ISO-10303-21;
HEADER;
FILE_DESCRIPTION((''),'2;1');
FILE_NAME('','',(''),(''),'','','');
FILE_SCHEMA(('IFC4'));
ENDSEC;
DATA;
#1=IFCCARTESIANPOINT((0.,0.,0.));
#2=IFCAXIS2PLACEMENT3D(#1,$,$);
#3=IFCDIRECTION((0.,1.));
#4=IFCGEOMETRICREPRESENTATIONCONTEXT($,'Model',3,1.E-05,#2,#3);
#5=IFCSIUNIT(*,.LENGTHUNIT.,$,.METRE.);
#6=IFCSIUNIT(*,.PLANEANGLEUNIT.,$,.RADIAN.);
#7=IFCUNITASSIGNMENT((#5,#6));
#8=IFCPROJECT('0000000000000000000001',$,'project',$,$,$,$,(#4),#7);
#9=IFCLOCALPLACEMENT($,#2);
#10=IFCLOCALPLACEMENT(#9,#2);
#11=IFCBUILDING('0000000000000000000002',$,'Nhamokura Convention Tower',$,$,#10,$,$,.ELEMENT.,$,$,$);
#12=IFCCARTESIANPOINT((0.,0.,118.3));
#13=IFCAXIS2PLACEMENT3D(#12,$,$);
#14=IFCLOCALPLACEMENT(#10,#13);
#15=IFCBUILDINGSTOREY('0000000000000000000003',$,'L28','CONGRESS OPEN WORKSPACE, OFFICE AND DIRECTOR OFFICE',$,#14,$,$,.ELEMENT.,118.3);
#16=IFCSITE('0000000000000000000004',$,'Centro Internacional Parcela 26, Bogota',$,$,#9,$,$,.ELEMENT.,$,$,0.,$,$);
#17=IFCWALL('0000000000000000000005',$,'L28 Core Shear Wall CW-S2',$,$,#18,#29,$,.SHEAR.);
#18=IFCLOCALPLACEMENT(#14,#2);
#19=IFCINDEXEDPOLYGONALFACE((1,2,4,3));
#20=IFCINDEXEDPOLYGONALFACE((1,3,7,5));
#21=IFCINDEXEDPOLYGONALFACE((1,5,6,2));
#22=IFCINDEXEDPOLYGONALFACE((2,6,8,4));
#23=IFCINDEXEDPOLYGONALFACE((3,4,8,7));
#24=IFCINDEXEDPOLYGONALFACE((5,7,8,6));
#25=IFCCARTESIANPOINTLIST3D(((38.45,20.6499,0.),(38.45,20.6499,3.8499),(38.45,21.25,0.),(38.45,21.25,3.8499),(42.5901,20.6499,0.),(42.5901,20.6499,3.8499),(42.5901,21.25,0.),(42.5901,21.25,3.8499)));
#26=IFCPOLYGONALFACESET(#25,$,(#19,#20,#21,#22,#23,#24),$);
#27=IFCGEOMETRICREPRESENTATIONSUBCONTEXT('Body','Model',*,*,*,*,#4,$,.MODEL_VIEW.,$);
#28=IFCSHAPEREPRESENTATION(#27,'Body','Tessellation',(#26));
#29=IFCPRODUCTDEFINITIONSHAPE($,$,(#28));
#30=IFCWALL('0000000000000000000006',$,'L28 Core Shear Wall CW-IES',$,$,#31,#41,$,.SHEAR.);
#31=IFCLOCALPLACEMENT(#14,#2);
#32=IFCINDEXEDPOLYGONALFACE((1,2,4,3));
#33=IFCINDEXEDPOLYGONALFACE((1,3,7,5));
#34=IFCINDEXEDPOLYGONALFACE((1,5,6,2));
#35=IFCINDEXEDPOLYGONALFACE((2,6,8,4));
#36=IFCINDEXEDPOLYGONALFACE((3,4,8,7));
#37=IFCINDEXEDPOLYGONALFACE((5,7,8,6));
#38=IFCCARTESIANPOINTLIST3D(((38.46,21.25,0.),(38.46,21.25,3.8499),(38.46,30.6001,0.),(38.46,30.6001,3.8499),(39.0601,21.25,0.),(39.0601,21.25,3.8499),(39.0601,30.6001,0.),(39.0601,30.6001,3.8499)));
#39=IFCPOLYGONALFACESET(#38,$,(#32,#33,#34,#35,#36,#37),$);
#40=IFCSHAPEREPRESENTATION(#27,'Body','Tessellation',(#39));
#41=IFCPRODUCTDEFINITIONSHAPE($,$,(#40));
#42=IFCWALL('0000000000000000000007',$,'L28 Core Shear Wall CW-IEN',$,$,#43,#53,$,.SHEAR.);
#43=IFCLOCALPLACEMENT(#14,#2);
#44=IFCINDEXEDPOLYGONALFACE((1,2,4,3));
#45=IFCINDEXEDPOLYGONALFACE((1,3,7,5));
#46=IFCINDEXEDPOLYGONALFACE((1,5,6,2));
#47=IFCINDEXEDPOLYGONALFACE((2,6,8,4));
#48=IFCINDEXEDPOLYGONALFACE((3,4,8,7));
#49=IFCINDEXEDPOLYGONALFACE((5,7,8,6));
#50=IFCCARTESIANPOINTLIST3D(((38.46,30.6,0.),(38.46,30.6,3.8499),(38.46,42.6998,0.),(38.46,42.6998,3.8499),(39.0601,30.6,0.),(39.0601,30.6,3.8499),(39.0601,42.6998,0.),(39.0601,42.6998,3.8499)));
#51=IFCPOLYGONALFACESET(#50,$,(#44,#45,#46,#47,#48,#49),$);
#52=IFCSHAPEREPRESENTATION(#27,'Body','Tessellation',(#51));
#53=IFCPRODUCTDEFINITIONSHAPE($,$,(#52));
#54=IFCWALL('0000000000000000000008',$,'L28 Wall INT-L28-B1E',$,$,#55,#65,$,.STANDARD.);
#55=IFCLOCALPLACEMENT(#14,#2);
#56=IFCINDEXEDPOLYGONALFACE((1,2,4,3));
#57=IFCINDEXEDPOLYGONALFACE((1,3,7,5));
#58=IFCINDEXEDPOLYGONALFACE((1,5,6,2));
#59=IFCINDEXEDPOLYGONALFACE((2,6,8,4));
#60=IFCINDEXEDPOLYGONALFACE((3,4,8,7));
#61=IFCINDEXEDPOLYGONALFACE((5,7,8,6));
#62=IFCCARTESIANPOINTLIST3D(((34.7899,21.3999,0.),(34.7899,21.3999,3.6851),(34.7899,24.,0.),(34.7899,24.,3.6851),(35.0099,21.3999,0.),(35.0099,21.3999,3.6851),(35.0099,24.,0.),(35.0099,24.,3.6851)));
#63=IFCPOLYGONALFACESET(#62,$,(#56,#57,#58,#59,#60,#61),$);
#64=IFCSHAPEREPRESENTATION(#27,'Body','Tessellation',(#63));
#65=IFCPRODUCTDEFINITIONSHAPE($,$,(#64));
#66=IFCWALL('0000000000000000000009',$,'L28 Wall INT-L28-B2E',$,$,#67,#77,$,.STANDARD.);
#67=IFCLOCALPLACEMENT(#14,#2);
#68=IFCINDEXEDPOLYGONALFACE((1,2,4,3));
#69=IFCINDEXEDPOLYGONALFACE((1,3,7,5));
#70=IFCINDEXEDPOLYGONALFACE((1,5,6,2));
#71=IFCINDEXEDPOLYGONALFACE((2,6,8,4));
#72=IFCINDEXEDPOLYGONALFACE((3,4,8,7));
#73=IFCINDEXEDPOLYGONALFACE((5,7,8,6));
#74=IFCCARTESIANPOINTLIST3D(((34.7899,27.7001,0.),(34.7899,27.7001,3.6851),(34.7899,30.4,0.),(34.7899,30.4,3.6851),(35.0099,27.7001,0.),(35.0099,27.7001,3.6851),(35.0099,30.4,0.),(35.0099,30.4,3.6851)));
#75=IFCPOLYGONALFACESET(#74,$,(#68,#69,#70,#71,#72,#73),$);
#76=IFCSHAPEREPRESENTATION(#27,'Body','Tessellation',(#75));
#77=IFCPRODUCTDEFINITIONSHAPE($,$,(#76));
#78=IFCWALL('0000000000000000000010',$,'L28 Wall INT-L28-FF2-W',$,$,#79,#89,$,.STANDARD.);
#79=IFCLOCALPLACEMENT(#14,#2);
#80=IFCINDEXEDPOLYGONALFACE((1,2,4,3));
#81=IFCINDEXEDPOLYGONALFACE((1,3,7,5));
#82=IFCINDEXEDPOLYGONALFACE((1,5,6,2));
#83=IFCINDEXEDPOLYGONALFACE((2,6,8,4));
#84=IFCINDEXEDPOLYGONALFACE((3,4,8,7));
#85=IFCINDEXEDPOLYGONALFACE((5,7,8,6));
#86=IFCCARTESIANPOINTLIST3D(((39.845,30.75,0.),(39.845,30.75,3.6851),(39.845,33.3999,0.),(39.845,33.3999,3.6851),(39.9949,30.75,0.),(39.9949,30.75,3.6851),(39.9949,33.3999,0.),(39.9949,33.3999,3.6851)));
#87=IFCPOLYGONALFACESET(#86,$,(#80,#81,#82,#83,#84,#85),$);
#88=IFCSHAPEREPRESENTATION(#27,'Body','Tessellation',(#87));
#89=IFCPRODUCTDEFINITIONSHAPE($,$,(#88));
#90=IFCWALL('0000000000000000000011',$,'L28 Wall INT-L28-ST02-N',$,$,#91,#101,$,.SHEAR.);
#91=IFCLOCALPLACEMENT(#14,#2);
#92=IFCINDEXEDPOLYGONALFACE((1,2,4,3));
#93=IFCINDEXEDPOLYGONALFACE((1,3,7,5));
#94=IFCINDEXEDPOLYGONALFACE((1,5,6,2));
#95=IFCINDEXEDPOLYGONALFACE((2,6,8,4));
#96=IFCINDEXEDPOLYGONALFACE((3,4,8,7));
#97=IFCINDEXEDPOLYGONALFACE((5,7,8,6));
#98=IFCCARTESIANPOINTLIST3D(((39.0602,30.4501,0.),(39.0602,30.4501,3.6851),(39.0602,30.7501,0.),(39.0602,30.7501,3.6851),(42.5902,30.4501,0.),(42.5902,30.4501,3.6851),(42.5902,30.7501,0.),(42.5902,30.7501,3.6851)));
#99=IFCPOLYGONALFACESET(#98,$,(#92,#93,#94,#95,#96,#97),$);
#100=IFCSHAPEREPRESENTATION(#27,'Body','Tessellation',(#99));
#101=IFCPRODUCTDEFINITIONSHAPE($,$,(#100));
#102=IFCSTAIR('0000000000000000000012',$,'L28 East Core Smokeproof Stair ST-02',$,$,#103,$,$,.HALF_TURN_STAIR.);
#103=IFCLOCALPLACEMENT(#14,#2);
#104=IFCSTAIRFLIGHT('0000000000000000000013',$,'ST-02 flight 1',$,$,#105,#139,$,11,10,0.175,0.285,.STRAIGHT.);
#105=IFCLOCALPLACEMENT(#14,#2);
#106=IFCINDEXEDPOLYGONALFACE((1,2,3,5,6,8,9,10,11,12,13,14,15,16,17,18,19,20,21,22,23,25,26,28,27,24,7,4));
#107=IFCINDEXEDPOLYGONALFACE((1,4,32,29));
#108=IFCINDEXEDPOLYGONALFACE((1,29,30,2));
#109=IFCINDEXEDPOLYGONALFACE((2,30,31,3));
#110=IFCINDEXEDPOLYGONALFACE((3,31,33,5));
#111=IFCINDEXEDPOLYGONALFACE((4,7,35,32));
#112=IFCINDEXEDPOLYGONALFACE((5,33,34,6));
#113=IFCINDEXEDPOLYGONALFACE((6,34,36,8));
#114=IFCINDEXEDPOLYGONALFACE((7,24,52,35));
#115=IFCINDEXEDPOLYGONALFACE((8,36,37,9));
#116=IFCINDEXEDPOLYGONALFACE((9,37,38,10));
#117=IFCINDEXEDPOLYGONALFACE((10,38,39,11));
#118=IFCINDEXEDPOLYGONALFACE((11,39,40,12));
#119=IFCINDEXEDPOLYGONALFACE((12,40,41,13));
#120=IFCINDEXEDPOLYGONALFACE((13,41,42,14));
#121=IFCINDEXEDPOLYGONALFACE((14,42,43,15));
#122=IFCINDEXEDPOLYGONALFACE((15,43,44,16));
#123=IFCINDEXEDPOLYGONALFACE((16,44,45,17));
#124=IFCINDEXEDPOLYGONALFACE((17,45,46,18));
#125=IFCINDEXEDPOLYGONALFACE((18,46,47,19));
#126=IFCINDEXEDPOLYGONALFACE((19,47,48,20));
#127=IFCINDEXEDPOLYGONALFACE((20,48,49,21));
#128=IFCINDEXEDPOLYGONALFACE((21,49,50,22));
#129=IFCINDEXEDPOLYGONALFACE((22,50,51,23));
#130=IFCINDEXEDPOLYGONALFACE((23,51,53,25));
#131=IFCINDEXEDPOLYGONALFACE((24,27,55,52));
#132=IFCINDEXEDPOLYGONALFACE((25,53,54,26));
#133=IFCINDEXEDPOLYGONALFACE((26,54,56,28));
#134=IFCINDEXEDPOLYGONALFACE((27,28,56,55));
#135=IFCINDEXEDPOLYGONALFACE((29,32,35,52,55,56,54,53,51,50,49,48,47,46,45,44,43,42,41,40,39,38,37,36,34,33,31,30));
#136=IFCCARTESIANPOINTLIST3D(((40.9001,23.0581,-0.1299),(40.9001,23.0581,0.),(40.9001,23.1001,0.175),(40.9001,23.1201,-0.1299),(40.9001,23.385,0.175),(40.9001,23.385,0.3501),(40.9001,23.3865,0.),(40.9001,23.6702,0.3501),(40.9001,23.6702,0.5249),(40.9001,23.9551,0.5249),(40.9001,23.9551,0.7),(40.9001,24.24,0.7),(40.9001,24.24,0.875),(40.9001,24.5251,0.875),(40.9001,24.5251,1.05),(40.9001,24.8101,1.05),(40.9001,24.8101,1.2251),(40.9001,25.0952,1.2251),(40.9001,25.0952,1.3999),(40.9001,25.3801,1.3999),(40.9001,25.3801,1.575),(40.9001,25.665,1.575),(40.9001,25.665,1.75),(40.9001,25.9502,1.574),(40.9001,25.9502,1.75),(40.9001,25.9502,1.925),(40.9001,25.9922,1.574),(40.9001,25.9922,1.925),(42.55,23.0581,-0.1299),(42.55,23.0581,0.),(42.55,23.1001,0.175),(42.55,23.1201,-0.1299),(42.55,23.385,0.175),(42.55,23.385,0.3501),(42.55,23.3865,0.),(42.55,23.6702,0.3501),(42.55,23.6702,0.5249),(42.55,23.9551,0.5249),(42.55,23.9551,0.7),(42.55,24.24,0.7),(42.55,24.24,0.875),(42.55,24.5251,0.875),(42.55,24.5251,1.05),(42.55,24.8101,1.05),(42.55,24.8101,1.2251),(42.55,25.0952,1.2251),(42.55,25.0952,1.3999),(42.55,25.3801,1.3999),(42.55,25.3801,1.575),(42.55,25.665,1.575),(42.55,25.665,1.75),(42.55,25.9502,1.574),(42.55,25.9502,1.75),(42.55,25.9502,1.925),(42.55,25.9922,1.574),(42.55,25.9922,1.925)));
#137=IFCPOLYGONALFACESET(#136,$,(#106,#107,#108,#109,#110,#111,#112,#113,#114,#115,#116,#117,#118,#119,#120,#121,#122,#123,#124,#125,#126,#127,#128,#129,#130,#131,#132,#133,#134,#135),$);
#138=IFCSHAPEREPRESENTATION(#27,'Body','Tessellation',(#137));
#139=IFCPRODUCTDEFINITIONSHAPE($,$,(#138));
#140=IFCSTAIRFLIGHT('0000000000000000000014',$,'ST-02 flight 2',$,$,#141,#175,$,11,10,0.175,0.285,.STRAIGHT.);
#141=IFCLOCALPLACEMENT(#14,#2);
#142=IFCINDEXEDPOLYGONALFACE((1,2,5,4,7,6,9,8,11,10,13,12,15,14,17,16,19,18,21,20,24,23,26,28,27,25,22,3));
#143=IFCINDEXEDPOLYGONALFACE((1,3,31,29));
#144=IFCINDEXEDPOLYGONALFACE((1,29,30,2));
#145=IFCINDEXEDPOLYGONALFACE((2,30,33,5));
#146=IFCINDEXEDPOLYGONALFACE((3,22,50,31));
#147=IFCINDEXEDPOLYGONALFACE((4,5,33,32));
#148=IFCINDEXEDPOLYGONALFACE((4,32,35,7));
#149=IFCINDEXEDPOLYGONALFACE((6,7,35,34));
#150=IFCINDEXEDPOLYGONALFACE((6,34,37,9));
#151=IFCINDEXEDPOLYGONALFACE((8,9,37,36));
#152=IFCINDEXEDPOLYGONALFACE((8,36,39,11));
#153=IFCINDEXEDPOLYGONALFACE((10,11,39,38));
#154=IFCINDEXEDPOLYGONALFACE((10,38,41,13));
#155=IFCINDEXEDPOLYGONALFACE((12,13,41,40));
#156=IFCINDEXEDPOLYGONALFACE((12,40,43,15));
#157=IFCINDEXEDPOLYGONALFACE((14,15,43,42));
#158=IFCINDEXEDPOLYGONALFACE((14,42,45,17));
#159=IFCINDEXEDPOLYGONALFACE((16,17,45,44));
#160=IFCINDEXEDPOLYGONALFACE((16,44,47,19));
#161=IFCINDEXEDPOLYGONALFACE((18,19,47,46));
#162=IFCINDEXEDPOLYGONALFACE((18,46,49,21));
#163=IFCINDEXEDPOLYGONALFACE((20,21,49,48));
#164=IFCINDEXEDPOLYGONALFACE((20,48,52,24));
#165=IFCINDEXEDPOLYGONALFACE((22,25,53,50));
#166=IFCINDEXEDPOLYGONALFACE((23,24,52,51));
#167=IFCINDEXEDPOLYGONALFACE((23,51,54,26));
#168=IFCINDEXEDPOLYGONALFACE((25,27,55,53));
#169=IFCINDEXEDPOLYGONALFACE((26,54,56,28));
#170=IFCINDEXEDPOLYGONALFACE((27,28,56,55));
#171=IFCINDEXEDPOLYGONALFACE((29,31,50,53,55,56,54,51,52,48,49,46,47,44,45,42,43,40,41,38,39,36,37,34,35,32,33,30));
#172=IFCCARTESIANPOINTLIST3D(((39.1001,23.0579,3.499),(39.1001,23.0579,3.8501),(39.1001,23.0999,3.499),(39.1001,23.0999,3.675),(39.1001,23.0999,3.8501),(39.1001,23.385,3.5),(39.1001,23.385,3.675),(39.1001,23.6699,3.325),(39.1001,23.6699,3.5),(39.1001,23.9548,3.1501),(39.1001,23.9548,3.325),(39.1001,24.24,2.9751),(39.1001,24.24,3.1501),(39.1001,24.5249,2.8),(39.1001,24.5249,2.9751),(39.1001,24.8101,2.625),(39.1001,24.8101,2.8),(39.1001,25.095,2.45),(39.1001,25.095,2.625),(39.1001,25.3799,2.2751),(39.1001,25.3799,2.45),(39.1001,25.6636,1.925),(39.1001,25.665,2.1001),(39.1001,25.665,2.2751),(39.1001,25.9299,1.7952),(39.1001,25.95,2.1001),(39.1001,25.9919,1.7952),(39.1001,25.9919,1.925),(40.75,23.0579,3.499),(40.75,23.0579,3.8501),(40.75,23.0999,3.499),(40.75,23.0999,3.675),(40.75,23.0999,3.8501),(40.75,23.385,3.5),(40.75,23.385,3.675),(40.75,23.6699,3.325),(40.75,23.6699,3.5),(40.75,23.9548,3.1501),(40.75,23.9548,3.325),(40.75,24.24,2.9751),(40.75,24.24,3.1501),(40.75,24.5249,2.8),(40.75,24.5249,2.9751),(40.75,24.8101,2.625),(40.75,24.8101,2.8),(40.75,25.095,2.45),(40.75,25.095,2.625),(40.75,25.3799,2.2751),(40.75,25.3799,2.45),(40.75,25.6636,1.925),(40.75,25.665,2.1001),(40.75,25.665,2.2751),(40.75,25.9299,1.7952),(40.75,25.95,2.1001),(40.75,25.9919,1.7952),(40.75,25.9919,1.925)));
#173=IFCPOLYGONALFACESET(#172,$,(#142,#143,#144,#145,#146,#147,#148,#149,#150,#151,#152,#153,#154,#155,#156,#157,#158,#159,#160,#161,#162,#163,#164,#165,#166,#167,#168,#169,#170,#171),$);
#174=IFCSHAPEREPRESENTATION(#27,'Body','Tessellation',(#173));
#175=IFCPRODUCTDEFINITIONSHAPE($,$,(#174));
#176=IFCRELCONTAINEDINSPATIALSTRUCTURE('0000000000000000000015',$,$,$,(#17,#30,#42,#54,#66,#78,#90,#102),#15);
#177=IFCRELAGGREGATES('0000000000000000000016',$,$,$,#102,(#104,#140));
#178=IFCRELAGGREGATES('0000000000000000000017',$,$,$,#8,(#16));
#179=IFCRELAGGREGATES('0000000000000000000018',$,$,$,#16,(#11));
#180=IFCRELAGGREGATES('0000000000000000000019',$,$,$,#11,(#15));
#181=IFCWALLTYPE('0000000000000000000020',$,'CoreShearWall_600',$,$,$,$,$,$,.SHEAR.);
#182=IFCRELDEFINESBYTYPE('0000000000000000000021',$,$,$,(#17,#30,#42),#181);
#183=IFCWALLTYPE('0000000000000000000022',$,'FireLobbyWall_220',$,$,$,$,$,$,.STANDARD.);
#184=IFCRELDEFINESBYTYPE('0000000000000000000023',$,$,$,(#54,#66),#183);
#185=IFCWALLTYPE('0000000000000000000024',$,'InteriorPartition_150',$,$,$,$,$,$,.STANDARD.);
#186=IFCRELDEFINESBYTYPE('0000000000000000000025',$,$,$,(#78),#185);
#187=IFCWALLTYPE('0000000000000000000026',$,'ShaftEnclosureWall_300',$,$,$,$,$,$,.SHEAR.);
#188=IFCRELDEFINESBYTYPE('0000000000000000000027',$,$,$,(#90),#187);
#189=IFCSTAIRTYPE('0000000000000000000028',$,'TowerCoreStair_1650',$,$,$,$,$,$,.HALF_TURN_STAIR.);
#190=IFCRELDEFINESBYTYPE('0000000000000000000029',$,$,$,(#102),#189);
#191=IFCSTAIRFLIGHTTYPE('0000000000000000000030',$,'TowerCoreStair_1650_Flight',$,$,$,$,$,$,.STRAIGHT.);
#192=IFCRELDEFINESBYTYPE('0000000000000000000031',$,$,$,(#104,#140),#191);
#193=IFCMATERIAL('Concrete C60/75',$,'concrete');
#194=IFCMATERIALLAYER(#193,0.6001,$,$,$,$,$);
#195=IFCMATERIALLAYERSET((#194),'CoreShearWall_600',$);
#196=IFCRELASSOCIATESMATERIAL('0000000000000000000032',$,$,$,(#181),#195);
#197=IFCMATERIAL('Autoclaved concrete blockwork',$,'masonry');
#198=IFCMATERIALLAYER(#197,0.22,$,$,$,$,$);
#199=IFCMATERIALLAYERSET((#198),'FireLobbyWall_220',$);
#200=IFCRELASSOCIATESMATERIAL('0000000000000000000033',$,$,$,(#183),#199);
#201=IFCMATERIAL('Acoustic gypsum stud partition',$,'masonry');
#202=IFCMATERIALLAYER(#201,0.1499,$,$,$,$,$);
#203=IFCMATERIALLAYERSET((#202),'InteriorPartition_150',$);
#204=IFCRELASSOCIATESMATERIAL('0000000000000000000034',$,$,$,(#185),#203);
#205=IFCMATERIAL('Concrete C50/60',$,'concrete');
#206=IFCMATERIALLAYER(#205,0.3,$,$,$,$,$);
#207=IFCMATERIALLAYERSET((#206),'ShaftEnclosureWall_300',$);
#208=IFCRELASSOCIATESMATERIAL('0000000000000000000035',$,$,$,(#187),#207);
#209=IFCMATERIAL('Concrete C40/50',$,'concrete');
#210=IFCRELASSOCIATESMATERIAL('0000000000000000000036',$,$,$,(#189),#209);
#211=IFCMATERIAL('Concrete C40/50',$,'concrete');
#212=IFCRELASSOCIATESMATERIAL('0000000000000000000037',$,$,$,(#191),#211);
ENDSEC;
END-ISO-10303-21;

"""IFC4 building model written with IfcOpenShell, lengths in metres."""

from ifc_helpers import new_model, si_unit, direction, frame, frame_2d, origin, place, context, subcontext, project, spatial, polyline, rectangle, outline, extrude, material, layer, layer_set, type_object, element, aggregate, save


model = new_model("IFC4")

# Units and contexts
model_context = context("Model", 3, precision=1e-05, world=origin(), true_north=direction((0.0, 1.0)))
body_context = subcontext(model_context, "Body", "Model", "MODEL_VIEW")
ifc_project = project(units=[si_unit("LENGTHUNIT", "METRE"), si_unit("PLANEANGLEUNIT", "RADIAN")], contexts=[model_context])

# Site, building, storey
site_placement = place(None, origin())
site = spatial("IfcSite", under=ifc_project, at=site_placement, Name="Centro Internacional Parcela 26, Bogota", CompositionType="ELEMENT", RefElevation=0.0)
building_placement = place(site_placement, origin())
building = spatial("IfcBuilding", under=site, at=building_placement, Name="Nhamokura Convention Tower", CompositionType="ELEMENT")
storey_placement = place(building_placement, frame((0.0, 0.0, 118.3)))
storey = spatial("IfcBuildingStorey", under=building, at=storey_placement, Name="L28", Description="CONGRESS OPEN WORKSPACE, OFFICE AND DIRECTOR OFFICE", CompositionType="ELEMENT", Elevation=118.3)

# Shared definitions
ifc_material_1 = material(Name="Concrete C60/75", Category="concrete")
ifc_layer_1 = layer(ifc_material_1, 0.6001)
ifc_layer_set_1 = layer_set([ifc_layer_1], Name="CoreShearWall_600")
wall_type_1 = type_object("IfcWallType", Name="CoreShearWall_600", PredefinedType="SHEAR", material=ifc_layer_set_1)

# Walls
wall_1_placement = place(storey_placement, frame((38.45, 20.95, 0.0), z_axis=(0.0, 0.0, 1.0), x_axis=(1.0, 0.0, 0.0)))
element("IfcWall", 1, at=wall_1_placement, inside=storey, type_object=wall_type_1, Name="L28 Core Shear Wall CW-S2", PredefinedType="SHEAR", context=body_context, shape_type="SweptSolid", body=[
    extrude(rectangle(XDim=4.1401, YDim=0.6001, at=frame_2d((2.0701, 0.0))), origin(), (0.0, 0.0, 1.0), 3.8499),
])
wall_2_placement = place(storey_placement, frame((38.76, 21.25, 0.0), z_axis=(0.0, 0.0, 1.0), x_axis=(0.0, 1.0, 0.0)))
element("IfcWall", 2, at=wall_2_placement, inside=storey, type_object=wall_type_1, Name="L28 Core Shear Wall CW-IES", PredefinedType="SHEAR", context=body_context, shape_type="SweptSolid", body=[
    extrude(rectangle(XDim=9.3501, YDim=0.6001, at=frame_2d((4.675, 0.0))), origin(), (0.0, 0.0, 1.0), 3.8499),
])
wall_3_placement = place(storey_placement, frame((38.76, 30.6001, 0.0), z_axis=(0.0, 0.0, 1.0), x_axis=(0.0, 1.0, 0.0)))
element("IfcWall", 3, at=wall_3_placement, inside=storey, type_object=wall_type_1, Name="L28 Core Shear Wall CW-IEN", PredefinedType="SHEAR", context=body_context, shape_type="SweptSolid", body=[
    extrude(rectangle(XDim=12.0999, YDim=0.6001, at=frame_2d((6.0498, 0.0))), origin(), (0.0, 0.0, 1.0), 3.8499),
])
ifc_material_2 = material(Name="Autoclaved concrete blockwork", Category="masonry")
ifc_layer_2 = layer(ifc_material_2, 0.22)
ifc_layer_set_2 = layer_set([ifc_layer_2], Name="FireLobbyWall_220")
wall_type_2 = type_object("IfcWallType", Name="FireLobbyWall_220", PredefinedType="STANDARD", material=ifc_layer_set_2)
wall_4_placement = place(storey_placement, frame((34.8999, 21.3999, 0.0), z_axis=(0.0, 0.0, 1.0), x_axis=(0.0, 1.0, 0.0)))
element("IfcWall", 4, at=wall_4_placement, inside=storey, type_object=wall_type_2, Name="L28 Wall INT-L28-B1E", PredefinedType="STANDARD", context=body_context, shape_type="SweptSolid", body=[
    extrude(rectangle(XDim=2.6001, YDim=0.22, at=frame_2d((1.3, 0.0))), origin(), (0.0, 0.0, 1.0), 3.6851),
])
wall_5_placement = place(storey_placement, frame((34.8999, 27.7, 0.0), z_axis=(0.0, 0.0, 1.0), x_axis=(0.0, 1.0, 0.0)))
element("IfcWall", 5, at=wall_5_placement, inside=storey, type_object=wall_type_2, Name="L28 Wall INT-L28-B2E", PredefinedType="STANDARD", context=body_context, shape_type="SweptSolid", body=[
    extrude(rectangle(XDim=2.7, YDim=0.22, at=frame_2d((1.3501, 0.0))), origin(), (0.0, 0.0, 1.0), 3.6851),
])
ifc_material_3 = material(Name="Acoustic gypsum stud partition", Category="masonry")
ifc_layer_3 = layer(ifc_material_3, 0.1499)
ifc_layer_set_3 = layer_set([ifc_layer_3], Name="InteriorPartition_150")
wall_type_3 = type_object("IfcWallType", Name="InteriorPartition_150", PredefinedType="STANDARD", material=ifc_layer_set_3)
wall_6_placement = place(storey_placement, frame((39.9199, 30.75, 0.0), z_axis=(0.0, 0.0, 1.0), x_axis=(0.0, 1.0, 0.0)))
element("IfcWall", 6, at=wall_6_placement, inside=storey, type_object=wall_type_3, Name="L28 Wall INT-L28-FF2-W", PredefinedType="STANDARD", context=body_context, shape_type="SweptSolid", body=[
    extrude(rectangle(XDim=2.6499, YDim=0.1499, at=frame_2d((1.325, 0.0))), origin(), (0.0, 0.0, 1.0), 3.6851),
])
ifc_material_4 = material(Name="Concrete C50/60", Category="concrete")
ifc_layer_4 = layer(ifc_material_4, 0.3)
ifc_layer_set_4 = layer_set([ifc_layer_4], Name="ShaftEnclosureWall_300")
wall_type_4 = type_object("IfcWallType", Name="ShaftEnclosureWall_300", PredefinedType="SHEAR", material=ifc_layer_set_4)
wall_7_placement = place(storey_placement, frame((39.0601, 30.6001, 0.0), z_axis=(0.0, 0.0, 1.0), x_axis=(1.0, 0.0, 0.0)))
element("IfcWall", 7, at=wall_7_placement, inside=storey, type_object=wall_type_4, Name="L28 Wall INT-L28-ST02-N", PredefinedType="SHEAR", context=body_context, shape_type="SweptSolid", body=[
    extrude(rectangle(XDim=3.53, YDim=0.3, at=frame_2d((1.7651, 0.0))), origin(), (0.0, 0.0, 1.0), 3.6851),
])

# Stair, stair flights
ifc_material_5 = material(Name="Concrete C40/50", Category="concrete")
stair_type = type_object("IfcStairType", Name="TowerCoreStair_1650", PredefinedType="HALF_TURN_STAIR", material=ifc_material_5)
stair_placement = place(storey_placement, origin())
stair = element("IfcStair", 8, at=stair_placement, inside=storey, type_object=stair_type, Name="L28 East Core Smokeproof Stair ST-02", PredefinedType="HALF_TURN_STAIR")
ifc_material_6 = material(Name="Concrete C40/50", Category="concrete")
stair_flight_type = type_object("IfcStairFlightType", Name="TowerCoreStair_1650_Flight", PredefinedType="STRAIGHT", material=ifc_material_6)
stair_flight_1_placement = place(storey_placement, frame((41.7251, 23.1001, 0.0), z_axis=(0.0, 0.0, 1.0), x_axis=(0.0, 1.0, 0.0)))
stair_flight_1 = element("IfcStairFlight", 9, at=stair_flight_1_placement, type_object=stair_flight_type, Name="ST-02 flight 1", NumberOfRisers=11, NumberOfTreads=10, PredefinedType="STRAIGHT", RiserHeight=0.175, TreadLength=0.285, context=body_context, shape_type="SweptSolid", body=[
    extrude(outline(polyline([(-0.042, 0.0), (0.0, 0.175), (0.2849, 0.175), (0.2849, 0.3501), (0.5701, 0.3501), (0.5701, 0.5249), (0.855, 0.5249), (0.855, 0.7), (1.1399, 0.7), (1.1399, 0.875), (1.425, 0.875), (1.425, 1.05), (1.71, 1.05), (1.71, 1.2251), (1.9951, 1.2251), (1.9951, 1.3999), (2.28, 1.3999), (2.28, 1.575), (2.5649, 1.575), (2.5649, 1.75), (2.8501, 1.75), (2.8501, 1.925), (2.8921, 1.925), (2.8921, 1.574), (2.8501, 1.574), (0.2864, 0.0), (0.02, -0.1299), (-0.042, -0.1299), (-0.042, 0.0)])), frame((0.0, 0.825, 0.0), z_axis=(0.0, -1.0, 0.0), x_axis=(1.0, 0.0, 0.0)), (0.0, 0.0, 1.0), 1.6499),
])
stair_flight_2_placement = place(storey_placement, frame((39.925, 25.95, 1.925), z_axis=(0.0, 0.0, 1.0), x_axis=(0.0, -1.0, 0.0)))
stair_flight_2 = element("IfcStairFlight", 10, at=stair_flight_2_placement, type_object=stair_flight_type, Name="ST-02 flight 2", NumberOfRisers=11, NumberOfTreads=10, PredefinedType="STRAIGHT", RiserHeight=0.175, TreadLength=0.285, context=body_context, shape_type="SweptSolid", body=[
    extrude(outline(polyline([(-0.042, 0.0), (0.0, 0.175), (0.2849, 0.175), (0.2849, 0.3501), (0.5701, 0.3501), (0.5701, 0.5249), (0.855, 0.5249), (0.855, 0.7), (1.1399, 0.7), (1.1399, 0.875), (1.425, 0.875), (1.425, 1.05), (1.71, 1.05), (1.71, 1.2251), (1.9951, 1.2251), (1.9951, 1.3999), (2.28, 1.3999), (2.28, 1.575), (2.5649, 1.575), (2.5649, 1.75), (2.8501, 1.75), (2.8501, 1.925), (2.8921, 1.925), (2.8921, 1.574), (2.8501, 1.574), (0.2864, 0.0), (0.02, -0.1299), (-0.042, -0.1299), (-0.042, 0.0)])), frame((0.0, 0.825, 0.0), z_axis=(0.0, -1.0, 0.0), x_axis=(1.0, 0.0, 0.0)), (0.0, 0.0, 1.0), 1.6499),
])
aggregate(stair, [stair_flight_1, stair_flight_2])

save(model, "model.ifc")
